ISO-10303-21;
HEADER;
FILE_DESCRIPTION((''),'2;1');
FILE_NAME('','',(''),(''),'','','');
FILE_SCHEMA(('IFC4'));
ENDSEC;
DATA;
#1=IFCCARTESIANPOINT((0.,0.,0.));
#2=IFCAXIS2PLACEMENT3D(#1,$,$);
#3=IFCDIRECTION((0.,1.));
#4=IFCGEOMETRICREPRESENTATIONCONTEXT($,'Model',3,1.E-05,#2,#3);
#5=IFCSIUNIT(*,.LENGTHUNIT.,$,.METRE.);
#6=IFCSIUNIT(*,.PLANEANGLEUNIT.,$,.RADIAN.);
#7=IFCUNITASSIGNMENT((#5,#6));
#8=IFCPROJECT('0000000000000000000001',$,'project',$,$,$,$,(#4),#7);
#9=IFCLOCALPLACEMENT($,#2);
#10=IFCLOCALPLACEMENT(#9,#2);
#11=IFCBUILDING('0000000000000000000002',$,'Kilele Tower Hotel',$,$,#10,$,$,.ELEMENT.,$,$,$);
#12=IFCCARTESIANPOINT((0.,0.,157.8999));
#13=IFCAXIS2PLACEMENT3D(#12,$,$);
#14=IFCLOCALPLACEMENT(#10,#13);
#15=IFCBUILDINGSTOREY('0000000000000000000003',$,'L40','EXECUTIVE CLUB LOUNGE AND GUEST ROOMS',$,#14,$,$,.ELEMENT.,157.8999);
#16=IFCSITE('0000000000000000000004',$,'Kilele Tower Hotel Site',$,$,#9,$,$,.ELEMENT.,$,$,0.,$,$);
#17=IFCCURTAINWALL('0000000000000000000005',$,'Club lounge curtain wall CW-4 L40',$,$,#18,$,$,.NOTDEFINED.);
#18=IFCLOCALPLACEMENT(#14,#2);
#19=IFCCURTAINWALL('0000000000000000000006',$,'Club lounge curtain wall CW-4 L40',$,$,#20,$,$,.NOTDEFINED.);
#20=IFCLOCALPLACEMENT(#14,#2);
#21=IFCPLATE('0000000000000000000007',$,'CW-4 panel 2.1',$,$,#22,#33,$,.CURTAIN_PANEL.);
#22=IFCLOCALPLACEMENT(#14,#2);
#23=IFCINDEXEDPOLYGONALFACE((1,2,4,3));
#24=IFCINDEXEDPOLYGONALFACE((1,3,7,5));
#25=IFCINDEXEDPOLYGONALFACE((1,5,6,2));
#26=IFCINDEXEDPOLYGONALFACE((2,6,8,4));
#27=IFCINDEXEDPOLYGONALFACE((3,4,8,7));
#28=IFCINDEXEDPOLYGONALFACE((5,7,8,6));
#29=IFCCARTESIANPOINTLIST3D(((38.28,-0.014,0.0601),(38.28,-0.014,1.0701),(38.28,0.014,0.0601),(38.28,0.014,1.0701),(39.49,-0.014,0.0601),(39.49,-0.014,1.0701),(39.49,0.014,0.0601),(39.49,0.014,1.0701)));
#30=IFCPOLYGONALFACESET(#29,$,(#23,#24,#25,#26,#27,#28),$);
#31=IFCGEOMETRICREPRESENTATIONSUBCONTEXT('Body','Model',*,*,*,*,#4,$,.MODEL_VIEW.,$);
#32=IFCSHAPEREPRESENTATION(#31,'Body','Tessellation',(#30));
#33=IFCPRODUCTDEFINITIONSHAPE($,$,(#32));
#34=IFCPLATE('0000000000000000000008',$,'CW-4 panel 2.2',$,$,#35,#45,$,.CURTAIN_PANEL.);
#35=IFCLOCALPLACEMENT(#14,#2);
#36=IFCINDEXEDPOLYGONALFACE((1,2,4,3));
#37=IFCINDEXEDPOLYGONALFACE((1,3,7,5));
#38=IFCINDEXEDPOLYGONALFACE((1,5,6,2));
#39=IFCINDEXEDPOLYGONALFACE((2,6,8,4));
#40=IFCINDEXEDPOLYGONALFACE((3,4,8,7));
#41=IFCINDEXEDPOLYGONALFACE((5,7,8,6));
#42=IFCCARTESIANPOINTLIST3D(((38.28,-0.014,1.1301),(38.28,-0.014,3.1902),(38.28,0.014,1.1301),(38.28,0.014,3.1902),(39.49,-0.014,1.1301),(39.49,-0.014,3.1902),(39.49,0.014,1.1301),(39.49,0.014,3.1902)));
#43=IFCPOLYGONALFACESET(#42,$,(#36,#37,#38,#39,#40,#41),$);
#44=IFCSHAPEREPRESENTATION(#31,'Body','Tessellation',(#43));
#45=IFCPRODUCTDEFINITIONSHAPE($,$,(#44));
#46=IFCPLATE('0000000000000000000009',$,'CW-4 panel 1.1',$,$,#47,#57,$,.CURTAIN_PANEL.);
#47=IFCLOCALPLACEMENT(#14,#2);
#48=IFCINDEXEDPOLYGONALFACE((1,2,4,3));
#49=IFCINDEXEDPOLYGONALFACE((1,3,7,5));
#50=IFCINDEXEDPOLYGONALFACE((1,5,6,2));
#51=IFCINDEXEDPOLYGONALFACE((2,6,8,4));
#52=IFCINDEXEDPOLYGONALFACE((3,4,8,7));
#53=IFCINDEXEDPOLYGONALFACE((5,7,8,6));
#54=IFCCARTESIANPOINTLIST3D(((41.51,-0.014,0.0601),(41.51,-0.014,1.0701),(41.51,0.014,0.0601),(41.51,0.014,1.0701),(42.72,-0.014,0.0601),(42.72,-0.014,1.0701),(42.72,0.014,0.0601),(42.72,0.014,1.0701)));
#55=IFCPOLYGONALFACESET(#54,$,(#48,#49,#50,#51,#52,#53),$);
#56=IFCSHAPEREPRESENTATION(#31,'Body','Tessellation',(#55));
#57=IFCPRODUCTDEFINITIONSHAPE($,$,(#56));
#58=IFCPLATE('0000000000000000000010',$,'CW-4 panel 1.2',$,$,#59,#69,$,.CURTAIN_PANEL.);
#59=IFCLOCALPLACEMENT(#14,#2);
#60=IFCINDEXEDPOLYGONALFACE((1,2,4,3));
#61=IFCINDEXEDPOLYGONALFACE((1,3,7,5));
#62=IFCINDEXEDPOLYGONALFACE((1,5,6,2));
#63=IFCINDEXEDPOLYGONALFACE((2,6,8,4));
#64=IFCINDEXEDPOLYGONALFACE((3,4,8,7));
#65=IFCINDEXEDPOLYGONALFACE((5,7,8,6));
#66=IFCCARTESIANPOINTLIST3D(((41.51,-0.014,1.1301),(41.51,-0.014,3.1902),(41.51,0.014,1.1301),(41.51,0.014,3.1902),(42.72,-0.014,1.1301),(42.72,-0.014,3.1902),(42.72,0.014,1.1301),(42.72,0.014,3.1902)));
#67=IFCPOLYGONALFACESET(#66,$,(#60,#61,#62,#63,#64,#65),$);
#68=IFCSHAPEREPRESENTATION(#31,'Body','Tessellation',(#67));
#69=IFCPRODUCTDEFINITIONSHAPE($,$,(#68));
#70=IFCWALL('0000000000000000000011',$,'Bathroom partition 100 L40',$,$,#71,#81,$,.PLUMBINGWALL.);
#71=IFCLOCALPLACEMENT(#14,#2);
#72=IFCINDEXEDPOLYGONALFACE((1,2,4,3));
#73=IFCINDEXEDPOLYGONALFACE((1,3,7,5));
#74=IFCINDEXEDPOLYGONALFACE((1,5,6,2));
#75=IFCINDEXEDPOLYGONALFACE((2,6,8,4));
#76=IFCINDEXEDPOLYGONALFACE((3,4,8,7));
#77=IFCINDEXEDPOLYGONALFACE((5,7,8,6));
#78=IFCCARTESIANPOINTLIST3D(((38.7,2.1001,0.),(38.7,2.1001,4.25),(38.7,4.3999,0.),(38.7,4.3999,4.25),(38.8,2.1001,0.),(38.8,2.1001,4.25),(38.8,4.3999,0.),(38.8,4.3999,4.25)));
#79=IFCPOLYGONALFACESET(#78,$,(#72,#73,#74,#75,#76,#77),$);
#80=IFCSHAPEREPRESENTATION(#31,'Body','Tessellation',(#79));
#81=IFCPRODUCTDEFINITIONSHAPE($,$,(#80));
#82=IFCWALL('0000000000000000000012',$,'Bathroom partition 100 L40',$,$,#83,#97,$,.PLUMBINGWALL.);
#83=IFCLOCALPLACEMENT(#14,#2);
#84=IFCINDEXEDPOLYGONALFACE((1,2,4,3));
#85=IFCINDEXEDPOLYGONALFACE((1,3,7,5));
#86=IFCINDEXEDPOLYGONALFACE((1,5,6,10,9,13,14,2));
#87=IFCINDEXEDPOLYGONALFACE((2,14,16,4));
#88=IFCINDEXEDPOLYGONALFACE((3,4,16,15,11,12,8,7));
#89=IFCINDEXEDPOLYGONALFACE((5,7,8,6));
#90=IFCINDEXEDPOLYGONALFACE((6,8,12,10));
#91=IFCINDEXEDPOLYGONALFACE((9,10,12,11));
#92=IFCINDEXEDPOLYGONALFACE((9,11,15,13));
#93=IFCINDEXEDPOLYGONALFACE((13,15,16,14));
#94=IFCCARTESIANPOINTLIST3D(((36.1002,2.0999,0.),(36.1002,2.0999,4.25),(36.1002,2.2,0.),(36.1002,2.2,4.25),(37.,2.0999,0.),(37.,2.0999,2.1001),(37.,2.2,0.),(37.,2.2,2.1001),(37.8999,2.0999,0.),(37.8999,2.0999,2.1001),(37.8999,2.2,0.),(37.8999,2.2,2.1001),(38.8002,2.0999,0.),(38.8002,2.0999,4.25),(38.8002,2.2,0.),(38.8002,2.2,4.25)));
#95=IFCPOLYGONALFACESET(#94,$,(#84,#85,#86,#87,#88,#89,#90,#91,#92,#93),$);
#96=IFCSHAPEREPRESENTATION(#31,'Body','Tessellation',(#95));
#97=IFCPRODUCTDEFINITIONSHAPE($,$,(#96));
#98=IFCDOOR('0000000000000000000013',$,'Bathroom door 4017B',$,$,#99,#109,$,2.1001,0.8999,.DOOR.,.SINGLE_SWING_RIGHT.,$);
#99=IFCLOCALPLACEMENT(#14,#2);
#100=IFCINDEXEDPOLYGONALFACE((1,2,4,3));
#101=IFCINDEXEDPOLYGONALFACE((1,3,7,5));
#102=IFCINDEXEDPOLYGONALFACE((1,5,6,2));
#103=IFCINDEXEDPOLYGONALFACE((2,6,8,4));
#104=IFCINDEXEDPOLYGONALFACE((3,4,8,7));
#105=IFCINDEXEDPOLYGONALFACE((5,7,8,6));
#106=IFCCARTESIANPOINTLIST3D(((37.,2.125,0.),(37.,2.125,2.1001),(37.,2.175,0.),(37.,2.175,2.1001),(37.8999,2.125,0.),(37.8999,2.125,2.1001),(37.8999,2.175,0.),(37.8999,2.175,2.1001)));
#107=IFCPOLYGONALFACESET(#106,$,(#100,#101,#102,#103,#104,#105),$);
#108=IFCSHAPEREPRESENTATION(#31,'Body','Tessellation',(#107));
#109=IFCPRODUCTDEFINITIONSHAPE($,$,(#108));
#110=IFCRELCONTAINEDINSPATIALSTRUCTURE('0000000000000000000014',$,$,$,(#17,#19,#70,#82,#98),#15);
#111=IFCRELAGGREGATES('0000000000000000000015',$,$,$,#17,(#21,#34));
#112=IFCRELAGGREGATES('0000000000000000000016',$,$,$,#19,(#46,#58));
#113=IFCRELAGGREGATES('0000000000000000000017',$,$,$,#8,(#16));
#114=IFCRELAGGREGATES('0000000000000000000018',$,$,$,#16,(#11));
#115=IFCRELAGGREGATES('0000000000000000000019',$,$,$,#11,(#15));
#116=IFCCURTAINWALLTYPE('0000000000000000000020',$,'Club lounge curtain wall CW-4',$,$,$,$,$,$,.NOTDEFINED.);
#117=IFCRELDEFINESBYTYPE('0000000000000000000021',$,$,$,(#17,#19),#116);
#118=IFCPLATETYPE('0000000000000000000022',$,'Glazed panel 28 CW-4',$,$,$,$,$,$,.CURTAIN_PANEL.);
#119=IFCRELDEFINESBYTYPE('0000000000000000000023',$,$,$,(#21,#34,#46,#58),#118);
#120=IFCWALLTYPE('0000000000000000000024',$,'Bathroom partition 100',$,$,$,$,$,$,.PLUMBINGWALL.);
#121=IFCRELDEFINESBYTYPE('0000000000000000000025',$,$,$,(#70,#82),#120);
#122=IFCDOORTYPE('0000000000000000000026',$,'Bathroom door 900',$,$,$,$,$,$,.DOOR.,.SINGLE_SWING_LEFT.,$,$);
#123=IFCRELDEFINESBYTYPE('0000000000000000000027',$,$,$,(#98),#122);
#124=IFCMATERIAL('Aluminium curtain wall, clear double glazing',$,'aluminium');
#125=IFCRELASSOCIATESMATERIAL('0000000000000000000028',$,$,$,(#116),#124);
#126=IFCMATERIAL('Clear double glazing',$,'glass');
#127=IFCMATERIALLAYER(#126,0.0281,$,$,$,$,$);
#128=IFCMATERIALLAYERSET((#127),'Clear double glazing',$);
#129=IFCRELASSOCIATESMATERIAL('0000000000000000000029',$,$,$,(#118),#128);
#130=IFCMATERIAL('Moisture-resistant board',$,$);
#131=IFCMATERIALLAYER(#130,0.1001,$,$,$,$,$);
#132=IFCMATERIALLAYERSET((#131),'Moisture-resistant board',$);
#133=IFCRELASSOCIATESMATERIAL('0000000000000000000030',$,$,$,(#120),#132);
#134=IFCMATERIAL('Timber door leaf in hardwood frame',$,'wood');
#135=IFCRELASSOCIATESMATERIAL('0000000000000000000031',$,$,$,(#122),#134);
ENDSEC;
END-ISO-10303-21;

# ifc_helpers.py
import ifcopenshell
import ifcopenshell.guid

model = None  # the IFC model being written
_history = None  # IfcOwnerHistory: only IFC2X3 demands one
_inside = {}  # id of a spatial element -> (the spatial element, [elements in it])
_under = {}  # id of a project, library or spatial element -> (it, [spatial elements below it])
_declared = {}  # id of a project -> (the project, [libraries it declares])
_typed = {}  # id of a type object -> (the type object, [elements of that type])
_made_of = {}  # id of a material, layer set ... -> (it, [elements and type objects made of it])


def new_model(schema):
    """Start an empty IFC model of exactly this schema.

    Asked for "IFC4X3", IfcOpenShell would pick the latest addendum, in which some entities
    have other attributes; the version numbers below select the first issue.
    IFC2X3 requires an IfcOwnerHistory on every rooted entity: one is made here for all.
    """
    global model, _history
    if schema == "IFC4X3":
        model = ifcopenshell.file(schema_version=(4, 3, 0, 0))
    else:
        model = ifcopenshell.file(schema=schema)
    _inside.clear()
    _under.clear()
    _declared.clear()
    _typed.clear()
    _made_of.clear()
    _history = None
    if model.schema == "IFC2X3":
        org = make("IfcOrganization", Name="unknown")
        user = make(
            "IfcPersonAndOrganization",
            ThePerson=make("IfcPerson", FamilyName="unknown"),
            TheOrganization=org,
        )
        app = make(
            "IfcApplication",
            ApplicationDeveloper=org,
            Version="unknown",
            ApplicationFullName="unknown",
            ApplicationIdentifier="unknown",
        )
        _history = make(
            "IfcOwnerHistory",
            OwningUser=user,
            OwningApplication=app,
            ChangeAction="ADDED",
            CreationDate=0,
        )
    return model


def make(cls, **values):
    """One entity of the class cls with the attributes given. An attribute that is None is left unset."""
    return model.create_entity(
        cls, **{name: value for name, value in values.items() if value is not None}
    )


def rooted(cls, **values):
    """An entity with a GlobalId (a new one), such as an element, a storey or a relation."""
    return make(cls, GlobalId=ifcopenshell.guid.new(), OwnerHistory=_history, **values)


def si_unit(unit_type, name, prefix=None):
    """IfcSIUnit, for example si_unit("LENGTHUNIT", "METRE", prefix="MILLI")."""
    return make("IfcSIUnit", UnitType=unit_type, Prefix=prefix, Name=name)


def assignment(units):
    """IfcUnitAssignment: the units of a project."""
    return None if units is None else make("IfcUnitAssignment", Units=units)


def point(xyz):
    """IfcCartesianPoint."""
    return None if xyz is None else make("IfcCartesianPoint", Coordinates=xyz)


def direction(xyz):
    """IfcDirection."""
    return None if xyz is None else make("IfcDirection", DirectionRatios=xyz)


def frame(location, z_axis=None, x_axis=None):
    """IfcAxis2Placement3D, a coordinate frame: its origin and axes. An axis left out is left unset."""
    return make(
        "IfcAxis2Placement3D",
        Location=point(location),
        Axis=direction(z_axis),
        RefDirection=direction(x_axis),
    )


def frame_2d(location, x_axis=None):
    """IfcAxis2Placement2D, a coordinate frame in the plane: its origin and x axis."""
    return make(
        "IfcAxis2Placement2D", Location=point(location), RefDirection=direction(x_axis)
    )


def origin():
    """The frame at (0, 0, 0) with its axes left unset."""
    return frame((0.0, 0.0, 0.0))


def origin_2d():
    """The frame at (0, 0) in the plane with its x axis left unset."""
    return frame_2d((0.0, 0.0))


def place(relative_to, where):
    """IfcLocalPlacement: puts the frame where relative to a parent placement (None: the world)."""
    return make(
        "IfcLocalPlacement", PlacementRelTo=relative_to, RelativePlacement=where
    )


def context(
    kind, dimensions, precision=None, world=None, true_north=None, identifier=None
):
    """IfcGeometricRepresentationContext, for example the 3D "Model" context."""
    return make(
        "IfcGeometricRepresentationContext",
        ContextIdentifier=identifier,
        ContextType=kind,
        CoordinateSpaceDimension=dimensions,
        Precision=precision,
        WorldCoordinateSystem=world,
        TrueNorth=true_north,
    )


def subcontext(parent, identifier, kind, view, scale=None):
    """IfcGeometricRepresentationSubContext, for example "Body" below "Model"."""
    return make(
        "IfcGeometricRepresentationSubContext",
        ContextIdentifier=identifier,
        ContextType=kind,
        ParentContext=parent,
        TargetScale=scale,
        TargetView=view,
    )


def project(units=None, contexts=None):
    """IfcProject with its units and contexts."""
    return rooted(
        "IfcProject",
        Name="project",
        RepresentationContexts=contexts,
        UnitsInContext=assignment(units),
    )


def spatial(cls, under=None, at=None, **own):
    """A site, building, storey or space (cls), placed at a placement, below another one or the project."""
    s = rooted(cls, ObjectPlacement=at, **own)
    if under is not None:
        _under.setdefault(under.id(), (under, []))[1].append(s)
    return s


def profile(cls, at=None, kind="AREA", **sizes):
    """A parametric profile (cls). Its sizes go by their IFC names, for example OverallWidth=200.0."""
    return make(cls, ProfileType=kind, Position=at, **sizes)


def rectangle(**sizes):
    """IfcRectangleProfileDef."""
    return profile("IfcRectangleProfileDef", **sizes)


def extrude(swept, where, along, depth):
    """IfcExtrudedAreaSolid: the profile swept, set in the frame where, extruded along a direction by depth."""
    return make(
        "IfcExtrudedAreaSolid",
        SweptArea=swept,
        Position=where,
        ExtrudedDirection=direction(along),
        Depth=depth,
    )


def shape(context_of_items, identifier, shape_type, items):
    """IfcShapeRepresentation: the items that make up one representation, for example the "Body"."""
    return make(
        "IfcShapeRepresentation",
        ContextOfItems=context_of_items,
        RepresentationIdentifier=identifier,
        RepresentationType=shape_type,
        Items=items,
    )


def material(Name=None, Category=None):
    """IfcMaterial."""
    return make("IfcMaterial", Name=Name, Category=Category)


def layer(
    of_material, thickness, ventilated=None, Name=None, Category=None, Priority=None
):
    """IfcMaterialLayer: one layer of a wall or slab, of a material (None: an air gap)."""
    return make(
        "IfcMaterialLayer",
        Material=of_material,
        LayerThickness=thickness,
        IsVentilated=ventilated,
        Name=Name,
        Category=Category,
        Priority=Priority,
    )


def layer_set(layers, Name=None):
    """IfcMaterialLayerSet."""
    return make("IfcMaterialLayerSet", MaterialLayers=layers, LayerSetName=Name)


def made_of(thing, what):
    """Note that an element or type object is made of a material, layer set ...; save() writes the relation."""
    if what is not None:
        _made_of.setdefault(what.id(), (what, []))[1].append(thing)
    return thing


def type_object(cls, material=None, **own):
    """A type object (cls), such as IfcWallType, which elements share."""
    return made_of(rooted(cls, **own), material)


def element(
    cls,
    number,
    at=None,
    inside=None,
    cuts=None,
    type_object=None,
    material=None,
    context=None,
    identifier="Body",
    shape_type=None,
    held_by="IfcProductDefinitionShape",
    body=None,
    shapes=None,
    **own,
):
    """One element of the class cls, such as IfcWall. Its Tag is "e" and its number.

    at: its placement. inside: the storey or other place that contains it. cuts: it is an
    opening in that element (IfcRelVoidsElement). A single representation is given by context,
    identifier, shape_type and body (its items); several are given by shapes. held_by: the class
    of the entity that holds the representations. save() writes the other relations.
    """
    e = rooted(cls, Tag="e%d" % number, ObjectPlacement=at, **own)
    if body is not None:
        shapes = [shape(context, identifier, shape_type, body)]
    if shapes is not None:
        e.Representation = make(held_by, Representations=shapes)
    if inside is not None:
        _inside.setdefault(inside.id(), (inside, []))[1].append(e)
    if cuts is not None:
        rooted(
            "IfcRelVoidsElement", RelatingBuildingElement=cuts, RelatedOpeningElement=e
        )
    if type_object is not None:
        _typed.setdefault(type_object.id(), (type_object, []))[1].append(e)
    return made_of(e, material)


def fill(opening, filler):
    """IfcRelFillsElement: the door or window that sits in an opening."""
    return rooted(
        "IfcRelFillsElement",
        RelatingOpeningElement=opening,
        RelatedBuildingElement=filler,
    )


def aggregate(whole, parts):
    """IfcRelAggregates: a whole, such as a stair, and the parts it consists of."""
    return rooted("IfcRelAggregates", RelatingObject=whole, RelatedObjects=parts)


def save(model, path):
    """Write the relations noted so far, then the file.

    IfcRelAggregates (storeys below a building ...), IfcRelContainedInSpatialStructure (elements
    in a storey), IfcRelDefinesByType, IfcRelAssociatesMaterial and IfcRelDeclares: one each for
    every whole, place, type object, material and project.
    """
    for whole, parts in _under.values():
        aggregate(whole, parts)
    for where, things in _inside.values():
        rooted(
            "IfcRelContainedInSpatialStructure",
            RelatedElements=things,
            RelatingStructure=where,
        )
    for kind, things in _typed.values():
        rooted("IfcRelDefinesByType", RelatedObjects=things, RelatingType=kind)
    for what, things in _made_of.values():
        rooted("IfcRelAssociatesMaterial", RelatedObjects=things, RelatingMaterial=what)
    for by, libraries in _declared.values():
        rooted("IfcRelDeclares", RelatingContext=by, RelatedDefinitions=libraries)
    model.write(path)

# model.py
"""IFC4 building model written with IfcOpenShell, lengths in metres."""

from ifc_helpers import new_model, si_unit, direction, frame, frame_2d, origin, origin_2d, place, context, subcontext, project, spatial, rectangle, extrude, material, layer, layer_set, type_object, element, fill, aggregate, save


model = new_model("IFC4")

# Units and contexts
model_context = context("Model", 3, precision=1e-05, world=origin(), true_north=direction((0.0, 1.0)))
body_context = subcontext(model_context, "Body", "Model", "MODEL_VIEW")
ifc_project = project(units=[si_unit("LENGTHUNIT", "METRE"), si_unit("PLANEANGLEUNIT", "RADIAN")], contexts=[model_context])

# Site, building, storey
site_placement = place(None, origin())
site = spatial("IfcSite", under=ifc_project, at=site_placement, Name="Kilele Tower Hotel Site", CompositionType="ELEMENT", RefElevation=0.0)
building_placement = place(site_placement, origin())
building = spatial("IfcBuilding", under=site, at=building_placement, Name="Kilele Tower Hotel", CompositionType="ELEMENT")
storey_placement = place(building_placement, frame((0.0, 0.0, 157.8999)))
storey = spatial("IfcBuildingStorey", under=building, at=storey_placement, Name="L40", Description="EXECUTIVE CLUB LOUNGE AND GUEST ROOMS", CompositionType="ELEMENT", Elevation=157.8999)

# Curtain walls
ifc_material_1 = material(Name="Aluminium curtain wall, clear double glazing", Category="aluminium")
curtain_wall_type = type_object("IfcCurtainWallType", Name="Club lounge curtain wall CW-4", PredefinedType="NOTDEFINED", material=ifc_material_1)
curtain_wall_1_placement = place(storey_placement, origin())
curtain_wall_1 = element("IfcCurtainWall", 1, at=curtain_wall_1_placement, inside=storey, type_object=curtain_wall_type, Name="Club lounge curtain wall CW-4 L40", PredefinedType="NOTDEFINED")
curtain_wall_2_placement = place(storey_placement, origin())
curtain_wall_2 = element("IfcCurtainWall", 2, at=curtain_wall_2_placement, inside=storey, type_object=curtain_wall_type, Name="Club lounge curtain wall CW-4 L40", PredefinedType="NOTDEFINED")

# Plates
ifc_material_2 = material(Name="Clear double glazing", Category="glass")
ifc_layer_1 = layer(ifc_material_2, 0.0281)
ifc_layer_set_1 = layer_set([ifc_layer_1], Name="Clear double glazing")
plate_type = type_object("IfcPlateType", Name="Glazed panel 28 CW-4", PredefinedType="CURTAIN_PANEL", material=ifc_layer_set_1)
plate_1_placement = place(storey_placement, frame((38.885, 0.0, 0.0601), z_axis=(0.0, 0.0, 1.0), x_axis=(1.0, 0.0, 0.0)))
plate_1 = element("IfcPlate", 3, at=plate_1_placement, type_object=plate_type, Name="CW-4 panel 2.1", PredefinedType="CURTAIN_PANEL", context=body_context, shape_type="SweptSolid", body=[
    extrude(rectangle(XDim=1.21, YDim=0.0281, at=origin_2d()), origin(), (0.0, 0.0, 1.0), 1.01),
])
plate_2_placement = place(storey_placement, frame((38.885, 0.0, 1.1301), z_axis=(0.0, 0.0, 1.0), x_axis=(1.0, 0.0, 0.0)))
plate_2 = element("IfcPlate", 4, at=plate_2_placement, type_object=plate_type, Name="CW-4 panel 2.2", PredefinedType="CURTAIN_PANEL", context=body_context, shape_type="SweptSolid", body=[
    extrude(rectangle(XDim=1.21, YDim=0.0281, at=origin_2d()), origin(), (0.0, 0.0, 1.0), 2.0601),
])
aggregate(curtain_wall_1, [plate_1, plate_2])
plate_3_placement = place(storey_placement, frame((42.115, 0.0, 0.0601), z_axis=(0.0, 0.0, 1.0), x_axis=(1.0, 0.0, 0.0)))
plate_3 = element("IfcPlate", 5, at=plate_3_placement, type_object=plate_type, Name="CW-4 panel 1.1", PredefinedType="CURTAIN_PANEL", context=body_context, shape_type="SweptSolid", body=[
    extrude(rectangle(XDim=1.21, YDim=0.0281, at=origin_2d()), origin(), (0.0, 0.0, 1.0), 1.01),
])
plate_4_placement = place(storey_placement, frame((42.115, 0.0, 1.1301), z_axis=(0.0, 0.0, 1.0), x_axis=(1.0, 0.0, 0.0)))
plate_4 = element("IfcPlate", 6, at=plate_4_placement, type_object=plate_type, Name="CW-4 panel 1.2", PredefinedType="CURTAIN_PANEL", context=body_context, shape_type="SweptSolid", body=[
    extrude(rectangle(XDim=1.21, YDim=0.0281, at=origin_2d()), origin(), (0.0, 0.0, 1.0), 2.0601),
])
aggregate(curtain_wall_2, [plate_3, plate_4])

# Wall
ifc_material_3 = material(Name="Moisture-resistant board")
ifc_layer_2 = layer(ifc_material_3, 0.1001)
ifc_layer_set_2 = layer_set([ifc_layer_2], Name="Moisture-resistant board")
wall_type = type_object("IfcWallType", Name="Bathroom partition 100", PredefinedType="PLUMBINGWALL", material=ifc_layer_set_2)
wall_1_placement = place(storey_placement, frame((38.75, 4.3999, 0.0), z_axis=(0.0, 0.0, 1.0), x_axis=(0.0, -1.0, 0.0)))
element("IfcWall", 7, at=wall_1_placement, inside=storey, type_object=wall_type, Name="Bathroom partition 100 L40", PredefinedType="PLUMBINGWALL", context=body_context, shape_type="SweptSolid", body=[
    extrude(rectangle(XDim=2.2998, YDim=0.1001, at=frame_2d((1.1499, 0.0))), origin(), (0.0, 0.0, 1.0), 4.25),
])

# Wall, opening, door
wall_2_placement = place(storey_placement, frame((36.1001, 2.1499, 0.0), z_axis=(0.0, 0.0, 1.0), x_axis=(1.0, 0.0, 0.0)))
wall_2 = element("IfcWall", 8, at=wall_2_placement, inside=storey, type_object=wall_type, Name="Bathroom partition 100 L40", PredefinedType="PLUMBINGWALL", context=body_context, shape_type="SweptSolid", body=[
    extrude(rectangle(XDim=2.7, YDim=0.1001, at=frame_2d((1.3501, 0.0))), origin(), (0.0, 0.0, 1.0), 4.25),
])
opening_placement = place(wall_2_placement, frame((1.7998, 0.0, 0.0), z_axis=(0.0, 0.0, 1.0), x_axis=(-1.0, 0.0, 0.0)))
opening = element("IfcOpeningElement", 9, at=opening_placement, cuts=wall_2, PredefinedType="OPENING", context=body_context, shape_type="SweptSolid", body=[
    extrude(rectangle(XDim=0.8999, YDim=2.1001, at=frame_2d((0.45, 1.05))), frame((0.0, 0.0601, 0.0), z_axis=(0.0, -1.0, 0.0), x_axis=(1.0, 0.0, 0.0)), (0.0, 0.0, 1.0), 0.1201),
])
ifc_material_4 = material(Name="Timber door leaf in hardwood frame", Category="wood")
door_type = type_object("IfcDoorType", Name="Bathroom door 900", OperationType="SINGLE_SWING_LEFT", PredefinedType="DOOR", material=ifc_material_4)
door_placement = place(opening_placement, origin())
door = element("IfcDoor", 10, at=door_placement, inside=storey, type_object=door_type, Name="Bathroom door 4017B", OperationType="SINGLE_SWING_RIGHT", OverallHeight=2.1001, OverallWidth=0.8999, PredefinedType="DOOR", context=body_context, shape_type="SweptSolid", body=[
    extrude(rectangle(XDim=0.8999, YDim=2.1001, at=frame_2d((0.45, 1.05))), frame((0.0, 0.0249, 0.0), z_axis=(0.0, -1.0, 0.0), x_axis=(1.0, 0.0, 0.0)), (0.0, 0.0, 1.0), 0.05),
])
fill(opening, door)

save(model, "model.ifc")
